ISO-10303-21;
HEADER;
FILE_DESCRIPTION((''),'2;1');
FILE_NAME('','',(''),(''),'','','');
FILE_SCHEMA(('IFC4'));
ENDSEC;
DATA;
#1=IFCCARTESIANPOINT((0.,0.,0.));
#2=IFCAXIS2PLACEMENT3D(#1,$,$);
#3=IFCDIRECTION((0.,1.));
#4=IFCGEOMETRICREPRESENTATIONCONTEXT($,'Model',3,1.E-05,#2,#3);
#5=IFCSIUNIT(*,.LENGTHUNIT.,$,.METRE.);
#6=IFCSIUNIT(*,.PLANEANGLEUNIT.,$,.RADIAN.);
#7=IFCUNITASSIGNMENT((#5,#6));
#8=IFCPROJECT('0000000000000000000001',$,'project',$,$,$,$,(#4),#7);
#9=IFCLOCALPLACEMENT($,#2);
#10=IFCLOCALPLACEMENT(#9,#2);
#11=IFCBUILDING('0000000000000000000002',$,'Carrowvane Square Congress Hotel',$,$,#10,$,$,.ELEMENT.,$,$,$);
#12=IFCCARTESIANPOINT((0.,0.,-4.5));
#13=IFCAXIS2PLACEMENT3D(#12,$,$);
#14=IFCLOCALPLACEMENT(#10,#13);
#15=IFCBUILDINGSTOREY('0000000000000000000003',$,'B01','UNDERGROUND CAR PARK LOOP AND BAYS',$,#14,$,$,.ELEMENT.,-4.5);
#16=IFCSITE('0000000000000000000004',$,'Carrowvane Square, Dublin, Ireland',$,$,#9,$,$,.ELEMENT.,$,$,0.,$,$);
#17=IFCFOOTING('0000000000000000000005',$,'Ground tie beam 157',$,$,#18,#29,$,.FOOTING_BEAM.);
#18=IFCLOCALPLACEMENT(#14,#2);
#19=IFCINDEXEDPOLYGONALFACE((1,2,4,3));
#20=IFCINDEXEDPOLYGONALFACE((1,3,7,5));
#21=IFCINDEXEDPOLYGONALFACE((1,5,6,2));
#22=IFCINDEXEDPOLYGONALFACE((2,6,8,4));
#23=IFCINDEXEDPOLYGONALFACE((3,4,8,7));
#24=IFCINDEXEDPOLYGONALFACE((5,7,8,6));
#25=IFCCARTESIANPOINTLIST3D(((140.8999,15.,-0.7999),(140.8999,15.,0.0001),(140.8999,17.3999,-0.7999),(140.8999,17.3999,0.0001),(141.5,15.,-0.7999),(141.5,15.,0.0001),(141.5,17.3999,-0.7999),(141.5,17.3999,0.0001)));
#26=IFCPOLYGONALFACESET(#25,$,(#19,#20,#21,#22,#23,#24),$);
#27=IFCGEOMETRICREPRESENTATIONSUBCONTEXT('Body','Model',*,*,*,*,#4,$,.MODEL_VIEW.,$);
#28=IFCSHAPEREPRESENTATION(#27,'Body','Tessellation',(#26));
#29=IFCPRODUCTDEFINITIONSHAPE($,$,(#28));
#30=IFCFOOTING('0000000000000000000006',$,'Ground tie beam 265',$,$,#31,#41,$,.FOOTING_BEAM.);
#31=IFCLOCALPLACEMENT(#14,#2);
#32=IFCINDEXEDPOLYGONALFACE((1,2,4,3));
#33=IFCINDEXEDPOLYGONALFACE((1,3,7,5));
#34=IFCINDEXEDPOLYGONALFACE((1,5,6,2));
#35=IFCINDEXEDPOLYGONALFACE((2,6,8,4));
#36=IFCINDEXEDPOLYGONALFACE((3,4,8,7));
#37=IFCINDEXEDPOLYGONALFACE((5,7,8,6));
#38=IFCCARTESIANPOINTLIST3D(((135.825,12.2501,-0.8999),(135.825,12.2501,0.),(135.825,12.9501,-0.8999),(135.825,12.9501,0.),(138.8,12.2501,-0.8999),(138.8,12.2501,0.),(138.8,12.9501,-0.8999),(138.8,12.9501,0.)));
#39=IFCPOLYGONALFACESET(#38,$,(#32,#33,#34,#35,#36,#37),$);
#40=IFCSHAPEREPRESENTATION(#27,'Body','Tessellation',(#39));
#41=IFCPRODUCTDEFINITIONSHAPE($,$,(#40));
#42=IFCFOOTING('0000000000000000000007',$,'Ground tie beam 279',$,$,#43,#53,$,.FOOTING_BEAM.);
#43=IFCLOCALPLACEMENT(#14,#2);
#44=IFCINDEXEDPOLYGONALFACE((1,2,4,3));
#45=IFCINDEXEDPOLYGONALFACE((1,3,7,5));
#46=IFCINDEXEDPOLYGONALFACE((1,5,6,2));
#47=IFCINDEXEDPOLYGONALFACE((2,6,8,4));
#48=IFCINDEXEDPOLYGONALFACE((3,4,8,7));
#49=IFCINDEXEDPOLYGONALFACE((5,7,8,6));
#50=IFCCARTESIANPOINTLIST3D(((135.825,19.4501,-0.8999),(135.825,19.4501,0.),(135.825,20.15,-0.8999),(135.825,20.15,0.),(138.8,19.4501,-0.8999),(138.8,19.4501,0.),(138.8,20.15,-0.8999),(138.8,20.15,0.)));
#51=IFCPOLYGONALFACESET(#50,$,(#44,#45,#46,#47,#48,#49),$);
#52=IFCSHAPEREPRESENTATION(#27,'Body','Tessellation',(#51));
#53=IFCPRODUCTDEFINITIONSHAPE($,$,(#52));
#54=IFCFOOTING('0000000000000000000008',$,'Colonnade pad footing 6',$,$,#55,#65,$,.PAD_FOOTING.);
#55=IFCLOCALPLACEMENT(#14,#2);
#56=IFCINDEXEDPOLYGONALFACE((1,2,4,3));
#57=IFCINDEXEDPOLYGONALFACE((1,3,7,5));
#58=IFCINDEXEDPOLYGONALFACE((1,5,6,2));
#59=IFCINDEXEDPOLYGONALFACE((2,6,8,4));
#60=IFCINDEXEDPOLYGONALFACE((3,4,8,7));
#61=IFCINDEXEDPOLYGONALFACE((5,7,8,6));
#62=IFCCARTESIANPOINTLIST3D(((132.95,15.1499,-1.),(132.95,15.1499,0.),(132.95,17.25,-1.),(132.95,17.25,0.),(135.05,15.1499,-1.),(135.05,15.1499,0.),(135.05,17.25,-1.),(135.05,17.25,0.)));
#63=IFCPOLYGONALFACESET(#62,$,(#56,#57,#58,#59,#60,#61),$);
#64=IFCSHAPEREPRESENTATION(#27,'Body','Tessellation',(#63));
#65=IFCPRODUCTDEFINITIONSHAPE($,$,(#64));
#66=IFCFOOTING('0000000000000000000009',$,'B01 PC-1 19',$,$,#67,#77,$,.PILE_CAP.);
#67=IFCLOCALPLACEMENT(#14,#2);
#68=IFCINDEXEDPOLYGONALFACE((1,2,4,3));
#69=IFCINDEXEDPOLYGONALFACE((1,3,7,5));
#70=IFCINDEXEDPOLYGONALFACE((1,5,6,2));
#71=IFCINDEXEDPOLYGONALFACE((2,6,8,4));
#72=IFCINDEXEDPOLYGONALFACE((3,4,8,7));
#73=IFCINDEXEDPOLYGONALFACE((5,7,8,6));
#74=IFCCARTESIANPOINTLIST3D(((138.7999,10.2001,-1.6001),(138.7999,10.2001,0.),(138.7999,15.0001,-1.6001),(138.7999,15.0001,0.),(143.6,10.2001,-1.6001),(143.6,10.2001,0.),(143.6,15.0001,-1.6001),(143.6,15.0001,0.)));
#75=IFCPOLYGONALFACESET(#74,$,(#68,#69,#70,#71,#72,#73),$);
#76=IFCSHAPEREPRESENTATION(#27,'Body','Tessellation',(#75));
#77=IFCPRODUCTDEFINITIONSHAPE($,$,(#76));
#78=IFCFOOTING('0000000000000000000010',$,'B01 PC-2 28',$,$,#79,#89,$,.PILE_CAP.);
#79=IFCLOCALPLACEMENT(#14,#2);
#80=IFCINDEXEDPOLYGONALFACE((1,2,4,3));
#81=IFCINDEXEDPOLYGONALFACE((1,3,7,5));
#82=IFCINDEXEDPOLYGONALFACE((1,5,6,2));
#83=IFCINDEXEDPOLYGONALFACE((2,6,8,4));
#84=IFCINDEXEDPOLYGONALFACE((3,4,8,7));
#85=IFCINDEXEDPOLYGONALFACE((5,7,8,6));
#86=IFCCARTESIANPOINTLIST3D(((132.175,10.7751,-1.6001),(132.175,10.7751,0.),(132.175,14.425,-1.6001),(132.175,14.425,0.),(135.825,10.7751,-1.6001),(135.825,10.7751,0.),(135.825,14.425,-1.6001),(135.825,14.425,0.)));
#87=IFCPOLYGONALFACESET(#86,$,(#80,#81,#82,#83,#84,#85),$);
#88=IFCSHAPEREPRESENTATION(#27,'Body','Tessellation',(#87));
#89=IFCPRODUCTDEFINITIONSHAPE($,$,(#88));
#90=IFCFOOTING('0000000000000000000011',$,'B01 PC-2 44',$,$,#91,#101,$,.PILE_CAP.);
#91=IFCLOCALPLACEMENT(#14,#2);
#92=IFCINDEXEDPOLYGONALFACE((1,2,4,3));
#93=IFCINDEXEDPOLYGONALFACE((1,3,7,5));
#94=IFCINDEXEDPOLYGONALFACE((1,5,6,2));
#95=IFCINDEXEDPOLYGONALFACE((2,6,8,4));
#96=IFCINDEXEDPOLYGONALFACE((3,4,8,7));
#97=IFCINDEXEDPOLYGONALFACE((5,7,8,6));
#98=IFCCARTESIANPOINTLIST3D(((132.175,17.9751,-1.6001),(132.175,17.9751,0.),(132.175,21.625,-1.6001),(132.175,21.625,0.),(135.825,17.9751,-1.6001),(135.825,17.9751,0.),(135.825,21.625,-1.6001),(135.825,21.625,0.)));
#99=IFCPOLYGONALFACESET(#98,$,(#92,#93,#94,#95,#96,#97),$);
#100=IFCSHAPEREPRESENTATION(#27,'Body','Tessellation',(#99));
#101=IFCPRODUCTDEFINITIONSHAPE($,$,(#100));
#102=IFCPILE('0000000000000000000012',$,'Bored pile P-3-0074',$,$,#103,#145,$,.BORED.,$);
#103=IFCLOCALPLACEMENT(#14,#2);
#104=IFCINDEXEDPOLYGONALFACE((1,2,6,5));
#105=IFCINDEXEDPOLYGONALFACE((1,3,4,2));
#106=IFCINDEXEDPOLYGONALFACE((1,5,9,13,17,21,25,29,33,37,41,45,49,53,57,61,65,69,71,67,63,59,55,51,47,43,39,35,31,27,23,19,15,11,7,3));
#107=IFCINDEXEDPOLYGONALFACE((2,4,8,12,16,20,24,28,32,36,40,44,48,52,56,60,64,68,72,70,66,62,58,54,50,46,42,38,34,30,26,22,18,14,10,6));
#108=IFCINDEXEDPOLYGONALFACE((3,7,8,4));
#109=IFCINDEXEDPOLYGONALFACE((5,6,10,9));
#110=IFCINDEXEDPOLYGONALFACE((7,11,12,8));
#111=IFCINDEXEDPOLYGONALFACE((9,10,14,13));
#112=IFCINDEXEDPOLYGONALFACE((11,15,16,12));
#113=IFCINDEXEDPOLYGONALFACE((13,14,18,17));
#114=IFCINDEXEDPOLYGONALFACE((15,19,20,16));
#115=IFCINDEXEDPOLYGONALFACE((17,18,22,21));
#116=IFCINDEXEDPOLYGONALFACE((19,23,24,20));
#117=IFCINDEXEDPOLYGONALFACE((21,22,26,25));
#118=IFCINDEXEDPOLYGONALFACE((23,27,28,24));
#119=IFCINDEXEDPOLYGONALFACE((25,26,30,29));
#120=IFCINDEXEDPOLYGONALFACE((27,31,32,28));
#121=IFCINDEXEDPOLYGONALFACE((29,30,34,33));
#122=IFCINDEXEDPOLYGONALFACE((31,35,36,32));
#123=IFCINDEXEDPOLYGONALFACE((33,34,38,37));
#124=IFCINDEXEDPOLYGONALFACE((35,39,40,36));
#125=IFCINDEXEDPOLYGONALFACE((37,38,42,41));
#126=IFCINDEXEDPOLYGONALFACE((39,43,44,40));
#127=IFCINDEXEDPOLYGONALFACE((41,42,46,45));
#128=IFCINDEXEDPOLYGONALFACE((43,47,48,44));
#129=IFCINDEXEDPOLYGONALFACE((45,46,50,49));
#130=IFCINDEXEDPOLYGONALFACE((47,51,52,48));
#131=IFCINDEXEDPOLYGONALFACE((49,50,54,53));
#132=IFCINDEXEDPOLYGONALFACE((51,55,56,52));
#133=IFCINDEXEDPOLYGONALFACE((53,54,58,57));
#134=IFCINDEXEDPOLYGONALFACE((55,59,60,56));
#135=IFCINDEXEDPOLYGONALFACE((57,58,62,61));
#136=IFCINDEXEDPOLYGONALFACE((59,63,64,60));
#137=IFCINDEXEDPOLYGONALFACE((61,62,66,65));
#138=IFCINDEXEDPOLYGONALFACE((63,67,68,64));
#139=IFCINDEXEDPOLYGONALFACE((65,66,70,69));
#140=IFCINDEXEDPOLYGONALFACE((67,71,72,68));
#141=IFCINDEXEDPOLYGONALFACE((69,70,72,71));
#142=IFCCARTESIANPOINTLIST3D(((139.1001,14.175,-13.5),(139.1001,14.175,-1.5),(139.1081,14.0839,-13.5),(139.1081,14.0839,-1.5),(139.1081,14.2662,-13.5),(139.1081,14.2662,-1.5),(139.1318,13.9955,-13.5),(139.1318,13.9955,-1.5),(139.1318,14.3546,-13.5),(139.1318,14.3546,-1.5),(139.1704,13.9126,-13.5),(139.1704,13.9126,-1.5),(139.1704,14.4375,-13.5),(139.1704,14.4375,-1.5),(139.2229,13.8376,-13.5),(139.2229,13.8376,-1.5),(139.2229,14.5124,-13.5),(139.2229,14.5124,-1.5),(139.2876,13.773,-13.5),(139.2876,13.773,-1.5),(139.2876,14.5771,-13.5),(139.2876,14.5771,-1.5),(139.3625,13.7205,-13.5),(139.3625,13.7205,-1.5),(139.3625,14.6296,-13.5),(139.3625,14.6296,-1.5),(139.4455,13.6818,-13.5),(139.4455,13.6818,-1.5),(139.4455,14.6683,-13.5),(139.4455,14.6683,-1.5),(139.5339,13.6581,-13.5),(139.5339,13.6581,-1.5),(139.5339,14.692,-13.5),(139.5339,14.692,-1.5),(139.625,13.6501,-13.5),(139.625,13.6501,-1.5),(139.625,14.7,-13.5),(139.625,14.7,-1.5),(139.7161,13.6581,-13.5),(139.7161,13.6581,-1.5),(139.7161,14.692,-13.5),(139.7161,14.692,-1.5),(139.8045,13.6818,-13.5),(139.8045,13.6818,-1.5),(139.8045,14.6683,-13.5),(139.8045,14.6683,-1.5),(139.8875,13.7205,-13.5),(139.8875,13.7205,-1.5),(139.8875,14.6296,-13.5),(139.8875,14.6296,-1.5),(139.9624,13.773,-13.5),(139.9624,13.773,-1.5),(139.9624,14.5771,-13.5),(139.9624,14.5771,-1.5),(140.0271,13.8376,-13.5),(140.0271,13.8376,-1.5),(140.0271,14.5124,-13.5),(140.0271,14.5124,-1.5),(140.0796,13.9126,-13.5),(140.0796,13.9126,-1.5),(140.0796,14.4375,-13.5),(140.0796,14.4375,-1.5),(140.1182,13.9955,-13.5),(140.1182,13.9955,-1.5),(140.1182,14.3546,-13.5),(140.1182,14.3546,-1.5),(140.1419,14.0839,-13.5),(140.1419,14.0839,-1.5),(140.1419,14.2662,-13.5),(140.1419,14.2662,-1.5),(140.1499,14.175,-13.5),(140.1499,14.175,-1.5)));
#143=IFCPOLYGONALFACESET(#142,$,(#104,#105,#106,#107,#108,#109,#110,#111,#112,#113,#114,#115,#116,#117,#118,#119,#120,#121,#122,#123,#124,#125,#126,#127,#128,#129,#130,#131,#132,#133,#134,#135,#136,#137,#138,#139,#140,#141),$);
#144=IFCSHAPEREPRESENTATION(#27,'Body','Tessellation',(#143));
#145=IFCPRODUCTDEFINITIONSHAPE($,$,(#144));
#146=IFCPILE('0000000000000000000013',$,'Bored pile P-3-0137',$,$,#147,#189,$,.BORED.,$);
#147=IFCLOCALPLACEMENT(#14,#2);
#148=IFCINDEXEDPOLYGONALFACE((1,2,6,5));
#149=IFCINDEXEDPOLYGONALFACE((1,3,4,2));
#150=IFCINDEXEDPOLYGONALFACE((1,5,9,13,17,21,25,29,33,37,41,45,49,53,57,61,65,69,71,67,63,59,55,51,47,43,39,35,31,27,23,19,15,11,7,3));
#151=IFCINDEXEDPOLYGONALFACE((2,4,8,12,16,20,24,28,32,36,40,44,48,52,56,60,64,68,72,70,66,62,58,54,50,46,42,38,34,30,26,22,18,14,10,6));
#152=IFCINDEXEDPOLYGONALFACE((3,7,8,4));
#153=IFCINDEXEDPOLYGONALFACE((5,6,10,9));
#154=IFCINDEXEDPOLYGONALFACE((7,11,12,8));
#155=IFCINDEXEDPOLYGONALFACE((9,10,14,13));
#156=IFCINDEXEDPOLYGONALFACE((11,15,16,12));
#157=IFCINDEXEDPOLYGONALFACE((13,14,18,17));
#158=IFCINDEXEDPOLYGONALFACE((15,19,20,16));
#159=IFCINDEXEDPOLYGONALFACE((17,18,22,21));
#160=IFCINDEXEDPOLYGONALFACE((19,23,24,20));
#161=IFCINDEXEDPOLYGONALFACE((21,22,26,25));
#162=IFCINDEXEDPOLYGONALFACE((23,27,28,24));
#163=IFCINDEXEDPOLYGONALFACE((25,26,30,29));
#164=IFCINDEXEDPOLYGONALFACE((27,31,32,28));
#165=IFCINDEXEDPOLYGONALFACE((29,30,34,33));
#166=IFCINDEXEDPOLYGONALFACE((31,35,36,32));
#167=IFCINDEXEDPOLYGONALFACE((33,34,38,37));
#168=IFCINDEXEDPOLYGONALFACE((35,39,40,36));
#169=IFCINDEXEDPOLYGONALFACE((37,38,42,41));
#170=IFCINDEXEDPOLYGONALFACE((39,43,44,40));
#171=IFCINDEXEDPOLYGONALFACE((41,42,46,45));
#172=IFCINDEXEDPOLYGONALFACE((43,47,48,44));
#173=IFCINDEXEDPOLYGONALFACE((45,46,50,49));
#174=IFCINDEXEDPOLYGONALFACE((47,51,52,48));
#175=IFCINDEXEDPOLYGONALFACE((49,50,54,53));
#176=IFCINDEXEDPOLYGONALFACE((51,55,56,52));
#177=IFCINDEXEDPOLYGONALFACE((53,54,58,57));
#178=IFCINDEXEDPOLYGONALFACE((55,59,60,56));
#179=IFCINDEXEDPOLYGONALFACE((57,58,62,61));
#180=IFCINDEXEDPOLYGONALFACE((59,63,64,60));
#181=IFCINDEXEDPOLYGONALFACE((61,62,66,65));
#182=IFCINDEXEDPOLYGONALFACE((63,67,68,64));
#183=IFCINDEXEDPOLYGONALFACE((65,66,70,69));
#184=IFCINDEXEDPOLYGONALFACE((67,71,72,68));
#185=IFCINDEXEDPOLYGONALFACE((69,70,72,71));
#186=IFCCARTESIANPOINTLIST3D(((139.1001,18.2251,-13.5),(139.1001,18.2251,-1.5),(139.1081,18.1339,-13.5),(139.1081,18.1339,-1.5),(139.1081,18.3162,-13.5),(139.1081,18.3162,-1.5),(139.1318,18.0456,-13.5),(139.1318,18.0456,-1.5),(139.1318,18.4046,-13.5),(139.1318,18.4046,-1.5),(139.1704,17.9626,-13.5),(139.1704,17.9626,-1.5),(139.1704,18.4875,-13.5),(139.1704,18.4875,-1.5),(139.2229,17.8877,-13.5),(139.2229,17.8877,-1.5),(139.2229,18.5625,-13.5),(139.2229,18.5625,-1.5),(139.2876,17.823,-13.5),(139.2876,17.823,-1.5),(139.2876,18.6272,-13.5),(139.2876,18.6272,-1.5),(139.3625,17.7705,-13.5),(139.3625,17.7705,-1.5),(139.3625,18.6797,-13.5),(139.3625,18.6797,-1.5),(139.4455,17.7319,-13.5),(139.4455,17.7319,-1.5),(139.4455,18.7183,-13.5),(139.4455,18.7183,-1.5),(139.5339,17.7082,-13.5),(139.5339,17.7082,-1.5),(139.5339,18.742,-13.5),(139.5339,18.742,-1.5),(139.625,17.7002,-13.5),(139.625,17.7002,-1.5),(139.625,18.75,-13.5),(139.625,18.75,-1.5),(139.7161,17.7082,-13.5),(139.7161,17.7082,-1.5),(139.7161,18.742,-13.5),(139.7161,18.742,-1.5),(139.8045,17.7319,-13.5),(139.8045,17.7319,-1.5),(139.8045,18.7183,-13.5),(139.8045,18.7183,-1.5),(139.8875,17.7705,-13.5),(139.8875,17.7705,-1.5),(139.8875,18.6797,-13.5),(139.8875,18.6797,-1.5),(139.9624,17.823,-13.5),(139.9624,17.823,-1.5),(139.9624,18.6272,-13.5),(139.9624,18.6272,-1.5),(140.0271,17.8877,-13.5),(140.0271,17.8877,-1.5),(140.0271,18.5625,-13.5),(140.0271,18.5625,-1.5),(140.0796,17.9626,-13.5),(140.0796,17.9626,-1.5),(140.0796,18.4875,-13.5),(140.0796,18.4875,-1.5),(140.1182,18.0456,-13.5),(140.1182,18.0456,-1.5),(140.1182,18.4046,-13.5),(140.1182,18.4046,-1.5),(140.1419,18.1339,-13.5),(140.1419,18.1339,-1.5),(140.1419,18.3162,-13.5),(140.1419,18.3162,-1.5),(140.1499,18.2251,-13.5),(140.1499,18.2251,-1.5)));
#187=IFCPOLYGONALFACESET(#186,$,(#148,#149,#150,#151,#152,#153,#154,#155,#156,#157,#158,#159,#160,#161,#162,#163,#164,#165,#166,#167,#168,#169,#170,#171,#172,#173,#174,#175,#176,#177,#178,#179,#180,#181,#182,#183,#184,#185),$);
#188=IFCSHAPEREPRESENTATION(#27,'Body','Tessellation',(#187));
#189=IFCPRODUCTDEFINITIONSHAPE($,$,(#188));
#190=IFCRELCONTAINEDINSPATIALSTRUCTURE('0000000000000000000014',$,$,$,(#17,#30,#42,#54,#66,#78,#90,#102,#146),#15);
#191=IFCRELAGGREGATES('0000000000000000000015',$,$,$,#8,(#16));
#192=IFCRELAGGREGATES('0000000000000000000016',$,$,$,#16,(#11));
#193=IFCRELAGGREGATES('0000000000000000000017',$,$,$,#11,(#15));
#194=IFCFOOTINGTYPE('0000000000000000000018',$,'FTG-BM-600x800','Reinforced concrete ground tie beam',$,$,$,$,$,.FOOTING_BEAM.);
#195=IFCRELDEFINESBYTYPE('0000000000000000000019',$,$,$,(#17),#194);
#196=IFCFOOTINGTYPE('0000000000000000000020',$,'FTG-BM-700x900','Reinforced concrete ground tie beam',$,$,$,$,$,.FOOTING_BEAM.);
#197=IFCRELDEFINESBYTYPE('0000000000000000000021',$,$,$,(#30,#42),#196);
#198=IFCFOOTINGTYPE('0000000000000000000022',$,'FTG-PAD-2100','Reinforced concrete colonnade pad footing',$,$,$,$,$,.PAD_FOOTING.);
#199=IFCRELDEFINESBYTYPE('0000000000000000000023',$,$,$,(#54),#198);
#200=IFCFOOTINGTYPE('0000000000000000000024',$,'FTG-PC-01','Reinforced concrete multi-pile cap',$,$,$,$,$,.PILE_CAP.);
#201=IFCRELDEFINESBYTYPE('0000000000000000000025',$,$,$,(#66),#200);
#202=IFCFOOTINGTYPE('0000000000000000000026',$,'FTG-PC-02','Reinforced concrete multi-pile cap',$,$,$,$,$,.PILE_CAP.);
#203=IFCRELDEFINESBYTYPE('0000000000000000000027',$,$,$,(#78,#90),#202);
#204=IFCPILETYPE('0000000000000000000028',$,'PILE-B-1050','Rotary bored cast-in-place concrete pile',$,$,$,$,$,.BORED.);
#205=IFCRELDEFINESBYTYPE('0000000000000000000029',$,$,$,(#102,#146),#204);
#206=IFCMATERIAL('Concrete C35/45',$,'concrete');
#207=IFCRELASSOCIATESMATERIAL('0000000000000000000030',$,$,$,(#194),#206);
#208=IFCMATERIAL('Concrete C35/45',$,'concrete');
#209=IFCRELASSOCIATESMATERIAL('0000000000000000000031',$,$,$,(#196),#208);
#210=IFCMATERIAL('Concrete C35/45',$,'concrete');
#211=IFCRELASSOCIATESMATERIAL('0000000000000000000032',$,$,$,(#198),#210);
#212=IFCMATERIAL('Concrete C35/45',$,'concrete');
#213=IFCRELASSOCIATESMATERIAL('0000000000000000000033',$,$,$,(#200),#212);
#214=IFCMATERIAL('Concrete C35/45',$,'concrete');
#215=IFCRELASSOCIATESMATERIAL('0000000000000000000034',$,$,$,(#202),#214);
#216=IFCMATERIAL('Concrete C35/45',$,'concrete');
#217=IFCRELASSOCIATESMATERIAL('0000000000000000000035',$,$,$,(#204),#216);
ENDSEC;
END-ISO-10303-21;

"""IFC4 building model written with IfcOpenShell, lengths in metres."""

from ifc_helpers import new_model, si_unit, direction, frame, origin, origin_2d, place, context, subcontext, project, spatial, rectangle, circle, extrude, material, material_profile, profile_set, type_object, element, save


model = new_model("IFC4")

# Units and contexts
model_context = context("Model", 3, precision=1e-05, world=origin(), true_north=direction((0.0, 1.0)))
body_context = subcontext(model_context, "Body", "Model", "MODEL_VIEW")
ifc_project = project(units=[si_unit("LENGTHUNIT", "METRE"), si_unit("PLANEANGLEUNIT", "RADIAN")], contexts=[model_context])

# Site, building, storey
site_placement = place(None, origin())
site = spatial("IfcSite", under=ifc_project, at=site_placement, Name="Carrowvane Square, Dublin, Ireland", CompositionType="ELEMENT", RefElevation=0.0)
building_placement = place(site_placement, origin())
building = spatial("IfcBuilding", under=site, at=building_placement, Name="Carrowvane Square Congress Hotel", CompositionType="ELEMENT")
storey_placement = place(building_placement, frame((0.0, 0.0, -4.5)))
storey = spatial("IfcBuildingStorey", under=building, at=storey_placement, Name="B01", Description="UNDERGROUND CAR PARK LOOP AND BAYS", CompositionType="ELEMENT", Elevation=-4.5)

# Footings
ifc_material_1 = material(Name="Concrete C35/45", Category="concrete")
ifc_material_profile_1 = material_profile(ifc_material_1, rectangle(XDim=0.6001, YDim=0.8, at=origin_2d()), Name="RC 600x800")
ifc_profile_set_1 = profile_set([ifc_material_profile_1], Name="Concrete C35/45")
footing_type_1 = type_object("IfcFootingType", Name="FTG-BM-600x800", Description="Reinforced concrete ground tie beam", PredefinedType="FOOTING_BEAM", material=ifc_profile_set_1)
footing_1_placement = place(storey_placement, frame((141.2, 15.0, -0.3999), z_axis=(0.0, 1.0, 0.0), x_axis=(-1.0, 0.0, 0.0)))
element("IfcFooting", 1, at=footing_1_placement, inside=storey, type_object=footing_type_1, Name="Ground tie beam 157", PredefinedType="FOOTING_BEAM", context=body_context, shape_type="SweptSolid", body=[
    extrude(rectangle(XDim=0.6001, YDim=0.8, at=origin_2d()), origin(), (0.0, 0.0, 1.0), 2.3999),
])
ifc_material_2 = material(Name="Concrete C35/45", Category="concrete")
ifc_material_profile_2 = material_profile(ifc_material_2, rectangle(XDim=0.7, YDim=0.8999, at=origin_2d()), Name="RC 700x900")
ifc_profile_set_2 = profile_set([ifc_material_profile_2], Name="Concrete C35/45")
footing_type_2 = type_object("IfcFootingType", Name="FTG-BM-700x900", Description="Reinforced concrete ground tie beam", PredefinedType="FOOTING_BEAM", material=ifc_profile_set_2)
for number, where, z_axis, x_axis, name in (
    (2, (135.825, 12.6001, -0.45), (1.0, 0.0, 0.0), (0.0, 1.0, 0.0), "Ground tie beam 265"),
    (3, (135.825, 19.8, -0.45), (1.0, 0.0, 0.0), (0.0, 1.0, 0.0), "Ground tie beam 279"),
):
    element("IfcFooting", number, at=place(storey_placement, frame(where, z_axis=z_axis, x_axis=x_axis)), inside=storey, type_object=footing_type_2, Name=name, PredefinedType="FOOTING_BEAM", context=body_context, shape_type="SweptSolid", body=[
        extrude(rectangle(XDim=0.7, YDim=0.8999, at=origin_2d()), origin(), (0.0, 0.0, 1.0), 2.9751),
    ])
ifc_material_3 = material(Name="Concrete C35/45", Category="concrete")
footing_type_3 = type_object("IfcFootingType", Name="FTG-PAD-2100", Description="Reinforced concrete colonnade pad footing", PredefinedType="PAD_FOOTING", material=ifc_material_3)
footing_2_placement = place(storey_placement, frame((134.0, 16.2, -1.0), z_axis=(0.0, 0.0, 1.0), x_axis=(1.0, 0.0, 0.0)))
element("IfcFooting", 4, at=footing_2_placement, inside=storey, type_object=footing_type_3, Name="Colonnade pad footing 6", PredefinedType="PAD_FOOTING", context=body_context, shape_type="SweptSolid", body=[
    extrude(rectangle(XDim=2.1001, YDim=2.1001, at=origin_2d()), origin(), (0.0, 0.0, 1.0), 1.0),
])
ifc_material_4 = material(Name="Concrete C35/45", Category="concrete")
footing_type_4 = type_object("IfcFootingType", Name="FTG-PC-01", Description="Reinforced concrete multi-pile cap", PredefinedType="PILE_CAP", material=ifc_material_4)
footing_3_placement = place(storey_placement, frame((141.2, 12.6001, -1.6001), z_axis=(0.0, 0.0, 1.0), x_axis=(1.0, 0.0, 0.0)))
element("IfcFooting", 5, at=footing_3_placement, inside=storey, type_object=footing_type_4, Name="B01 PC-1 19", PredefinedType="PILE_CAP", context=body_context, shape_type="SweptSolid", body=[
    extrude(rectangle(XDim=4.8, YDim=4.8, at=origin_2d()), origin(), (0.0, 0.0, 1.0), 1.6001),
])
ifc_material_5 = material(Name="Concrete C35/45", Category="concrete")
footing_type_5 = type_object("IfcFootingType", Name="FTG-PC-02", Description="Reinforced concrete multi-pile cap", PredefinedType="PILE_CAP", material=ifc_material_5)
for number, where, z_axis, x_axis, name in (
    (6, (134.0, 12.6001, -1.6001), (0.0, 0.0, 1.0), (1.0, 0.0, 0.0), "B01 PC-2 28"),
    (7, (134.0, 19.8, -1.6001), (0.0, 0.0, 1.0), (1.0, 0.0, 0.0), "B01 PC-2 44"),
):
    element("IfcFooting", number, at=place(storey_placement, frame(where, z_axis=z_axis, x_axis=x_axis)), inside=storey, type_object=footing_type_5, Name=name, PredefinedType="PILE_CAP", context=body_context, shape_type="SweptSolid", body=[
        extrude(rectangle(XDim=3.6499, YDim=3.6499, at=origin_2d()), origin(), (0.0, 0.0, 1.0), 1.6001),
    ])

# Piles
ifc_material_6 = material(Name="Concrete C35/45", Category="concrete")
ifc_material_profile_3 = material_profile(ifc_material_6, circle(Radius=0.5249, at=origin_2d()), Name="PILE D1050")
ifc_profile_set_3 = profile_set([ifc_material_profile_3], Name="Concrete C35/45")
pile_type_1 = type_object("IfcPileType", Name="PILE-B-1050", Description="Rotary bored cast-in-place concrete pile", PredefinedType="BORED", material=ifc_profile_set_3)
for number, where, z_axis, x_axis, name in (
    (8, (139.625, 14.175, -1.5), (0.0, 0.0, -1.0), (1.0, 0.0, 0.0), "Bored pile P-3-0074"),
    (9, (139.625, 18.2251, -1.5), (0.0, 0.0, -1.0), (1.0, 0.0, 0.0), "Bored pile P-3-0137"),
):
    element("IfcPile", number, at=place(storey_placement, frame(where, z_axis=z_axis, x_axis=x_axis)), inside=storey, type_object=pile_type_1, Name=name, PredefinedType="BORED", context=body_context, shape_type="SweptSolid", body=[
        extrude(circle(Radius=0.5249, at=origin_2d()), origin(), (0.0, 0.0, 1.0), 12.0),
    ])

save(model, "model.ifc")
